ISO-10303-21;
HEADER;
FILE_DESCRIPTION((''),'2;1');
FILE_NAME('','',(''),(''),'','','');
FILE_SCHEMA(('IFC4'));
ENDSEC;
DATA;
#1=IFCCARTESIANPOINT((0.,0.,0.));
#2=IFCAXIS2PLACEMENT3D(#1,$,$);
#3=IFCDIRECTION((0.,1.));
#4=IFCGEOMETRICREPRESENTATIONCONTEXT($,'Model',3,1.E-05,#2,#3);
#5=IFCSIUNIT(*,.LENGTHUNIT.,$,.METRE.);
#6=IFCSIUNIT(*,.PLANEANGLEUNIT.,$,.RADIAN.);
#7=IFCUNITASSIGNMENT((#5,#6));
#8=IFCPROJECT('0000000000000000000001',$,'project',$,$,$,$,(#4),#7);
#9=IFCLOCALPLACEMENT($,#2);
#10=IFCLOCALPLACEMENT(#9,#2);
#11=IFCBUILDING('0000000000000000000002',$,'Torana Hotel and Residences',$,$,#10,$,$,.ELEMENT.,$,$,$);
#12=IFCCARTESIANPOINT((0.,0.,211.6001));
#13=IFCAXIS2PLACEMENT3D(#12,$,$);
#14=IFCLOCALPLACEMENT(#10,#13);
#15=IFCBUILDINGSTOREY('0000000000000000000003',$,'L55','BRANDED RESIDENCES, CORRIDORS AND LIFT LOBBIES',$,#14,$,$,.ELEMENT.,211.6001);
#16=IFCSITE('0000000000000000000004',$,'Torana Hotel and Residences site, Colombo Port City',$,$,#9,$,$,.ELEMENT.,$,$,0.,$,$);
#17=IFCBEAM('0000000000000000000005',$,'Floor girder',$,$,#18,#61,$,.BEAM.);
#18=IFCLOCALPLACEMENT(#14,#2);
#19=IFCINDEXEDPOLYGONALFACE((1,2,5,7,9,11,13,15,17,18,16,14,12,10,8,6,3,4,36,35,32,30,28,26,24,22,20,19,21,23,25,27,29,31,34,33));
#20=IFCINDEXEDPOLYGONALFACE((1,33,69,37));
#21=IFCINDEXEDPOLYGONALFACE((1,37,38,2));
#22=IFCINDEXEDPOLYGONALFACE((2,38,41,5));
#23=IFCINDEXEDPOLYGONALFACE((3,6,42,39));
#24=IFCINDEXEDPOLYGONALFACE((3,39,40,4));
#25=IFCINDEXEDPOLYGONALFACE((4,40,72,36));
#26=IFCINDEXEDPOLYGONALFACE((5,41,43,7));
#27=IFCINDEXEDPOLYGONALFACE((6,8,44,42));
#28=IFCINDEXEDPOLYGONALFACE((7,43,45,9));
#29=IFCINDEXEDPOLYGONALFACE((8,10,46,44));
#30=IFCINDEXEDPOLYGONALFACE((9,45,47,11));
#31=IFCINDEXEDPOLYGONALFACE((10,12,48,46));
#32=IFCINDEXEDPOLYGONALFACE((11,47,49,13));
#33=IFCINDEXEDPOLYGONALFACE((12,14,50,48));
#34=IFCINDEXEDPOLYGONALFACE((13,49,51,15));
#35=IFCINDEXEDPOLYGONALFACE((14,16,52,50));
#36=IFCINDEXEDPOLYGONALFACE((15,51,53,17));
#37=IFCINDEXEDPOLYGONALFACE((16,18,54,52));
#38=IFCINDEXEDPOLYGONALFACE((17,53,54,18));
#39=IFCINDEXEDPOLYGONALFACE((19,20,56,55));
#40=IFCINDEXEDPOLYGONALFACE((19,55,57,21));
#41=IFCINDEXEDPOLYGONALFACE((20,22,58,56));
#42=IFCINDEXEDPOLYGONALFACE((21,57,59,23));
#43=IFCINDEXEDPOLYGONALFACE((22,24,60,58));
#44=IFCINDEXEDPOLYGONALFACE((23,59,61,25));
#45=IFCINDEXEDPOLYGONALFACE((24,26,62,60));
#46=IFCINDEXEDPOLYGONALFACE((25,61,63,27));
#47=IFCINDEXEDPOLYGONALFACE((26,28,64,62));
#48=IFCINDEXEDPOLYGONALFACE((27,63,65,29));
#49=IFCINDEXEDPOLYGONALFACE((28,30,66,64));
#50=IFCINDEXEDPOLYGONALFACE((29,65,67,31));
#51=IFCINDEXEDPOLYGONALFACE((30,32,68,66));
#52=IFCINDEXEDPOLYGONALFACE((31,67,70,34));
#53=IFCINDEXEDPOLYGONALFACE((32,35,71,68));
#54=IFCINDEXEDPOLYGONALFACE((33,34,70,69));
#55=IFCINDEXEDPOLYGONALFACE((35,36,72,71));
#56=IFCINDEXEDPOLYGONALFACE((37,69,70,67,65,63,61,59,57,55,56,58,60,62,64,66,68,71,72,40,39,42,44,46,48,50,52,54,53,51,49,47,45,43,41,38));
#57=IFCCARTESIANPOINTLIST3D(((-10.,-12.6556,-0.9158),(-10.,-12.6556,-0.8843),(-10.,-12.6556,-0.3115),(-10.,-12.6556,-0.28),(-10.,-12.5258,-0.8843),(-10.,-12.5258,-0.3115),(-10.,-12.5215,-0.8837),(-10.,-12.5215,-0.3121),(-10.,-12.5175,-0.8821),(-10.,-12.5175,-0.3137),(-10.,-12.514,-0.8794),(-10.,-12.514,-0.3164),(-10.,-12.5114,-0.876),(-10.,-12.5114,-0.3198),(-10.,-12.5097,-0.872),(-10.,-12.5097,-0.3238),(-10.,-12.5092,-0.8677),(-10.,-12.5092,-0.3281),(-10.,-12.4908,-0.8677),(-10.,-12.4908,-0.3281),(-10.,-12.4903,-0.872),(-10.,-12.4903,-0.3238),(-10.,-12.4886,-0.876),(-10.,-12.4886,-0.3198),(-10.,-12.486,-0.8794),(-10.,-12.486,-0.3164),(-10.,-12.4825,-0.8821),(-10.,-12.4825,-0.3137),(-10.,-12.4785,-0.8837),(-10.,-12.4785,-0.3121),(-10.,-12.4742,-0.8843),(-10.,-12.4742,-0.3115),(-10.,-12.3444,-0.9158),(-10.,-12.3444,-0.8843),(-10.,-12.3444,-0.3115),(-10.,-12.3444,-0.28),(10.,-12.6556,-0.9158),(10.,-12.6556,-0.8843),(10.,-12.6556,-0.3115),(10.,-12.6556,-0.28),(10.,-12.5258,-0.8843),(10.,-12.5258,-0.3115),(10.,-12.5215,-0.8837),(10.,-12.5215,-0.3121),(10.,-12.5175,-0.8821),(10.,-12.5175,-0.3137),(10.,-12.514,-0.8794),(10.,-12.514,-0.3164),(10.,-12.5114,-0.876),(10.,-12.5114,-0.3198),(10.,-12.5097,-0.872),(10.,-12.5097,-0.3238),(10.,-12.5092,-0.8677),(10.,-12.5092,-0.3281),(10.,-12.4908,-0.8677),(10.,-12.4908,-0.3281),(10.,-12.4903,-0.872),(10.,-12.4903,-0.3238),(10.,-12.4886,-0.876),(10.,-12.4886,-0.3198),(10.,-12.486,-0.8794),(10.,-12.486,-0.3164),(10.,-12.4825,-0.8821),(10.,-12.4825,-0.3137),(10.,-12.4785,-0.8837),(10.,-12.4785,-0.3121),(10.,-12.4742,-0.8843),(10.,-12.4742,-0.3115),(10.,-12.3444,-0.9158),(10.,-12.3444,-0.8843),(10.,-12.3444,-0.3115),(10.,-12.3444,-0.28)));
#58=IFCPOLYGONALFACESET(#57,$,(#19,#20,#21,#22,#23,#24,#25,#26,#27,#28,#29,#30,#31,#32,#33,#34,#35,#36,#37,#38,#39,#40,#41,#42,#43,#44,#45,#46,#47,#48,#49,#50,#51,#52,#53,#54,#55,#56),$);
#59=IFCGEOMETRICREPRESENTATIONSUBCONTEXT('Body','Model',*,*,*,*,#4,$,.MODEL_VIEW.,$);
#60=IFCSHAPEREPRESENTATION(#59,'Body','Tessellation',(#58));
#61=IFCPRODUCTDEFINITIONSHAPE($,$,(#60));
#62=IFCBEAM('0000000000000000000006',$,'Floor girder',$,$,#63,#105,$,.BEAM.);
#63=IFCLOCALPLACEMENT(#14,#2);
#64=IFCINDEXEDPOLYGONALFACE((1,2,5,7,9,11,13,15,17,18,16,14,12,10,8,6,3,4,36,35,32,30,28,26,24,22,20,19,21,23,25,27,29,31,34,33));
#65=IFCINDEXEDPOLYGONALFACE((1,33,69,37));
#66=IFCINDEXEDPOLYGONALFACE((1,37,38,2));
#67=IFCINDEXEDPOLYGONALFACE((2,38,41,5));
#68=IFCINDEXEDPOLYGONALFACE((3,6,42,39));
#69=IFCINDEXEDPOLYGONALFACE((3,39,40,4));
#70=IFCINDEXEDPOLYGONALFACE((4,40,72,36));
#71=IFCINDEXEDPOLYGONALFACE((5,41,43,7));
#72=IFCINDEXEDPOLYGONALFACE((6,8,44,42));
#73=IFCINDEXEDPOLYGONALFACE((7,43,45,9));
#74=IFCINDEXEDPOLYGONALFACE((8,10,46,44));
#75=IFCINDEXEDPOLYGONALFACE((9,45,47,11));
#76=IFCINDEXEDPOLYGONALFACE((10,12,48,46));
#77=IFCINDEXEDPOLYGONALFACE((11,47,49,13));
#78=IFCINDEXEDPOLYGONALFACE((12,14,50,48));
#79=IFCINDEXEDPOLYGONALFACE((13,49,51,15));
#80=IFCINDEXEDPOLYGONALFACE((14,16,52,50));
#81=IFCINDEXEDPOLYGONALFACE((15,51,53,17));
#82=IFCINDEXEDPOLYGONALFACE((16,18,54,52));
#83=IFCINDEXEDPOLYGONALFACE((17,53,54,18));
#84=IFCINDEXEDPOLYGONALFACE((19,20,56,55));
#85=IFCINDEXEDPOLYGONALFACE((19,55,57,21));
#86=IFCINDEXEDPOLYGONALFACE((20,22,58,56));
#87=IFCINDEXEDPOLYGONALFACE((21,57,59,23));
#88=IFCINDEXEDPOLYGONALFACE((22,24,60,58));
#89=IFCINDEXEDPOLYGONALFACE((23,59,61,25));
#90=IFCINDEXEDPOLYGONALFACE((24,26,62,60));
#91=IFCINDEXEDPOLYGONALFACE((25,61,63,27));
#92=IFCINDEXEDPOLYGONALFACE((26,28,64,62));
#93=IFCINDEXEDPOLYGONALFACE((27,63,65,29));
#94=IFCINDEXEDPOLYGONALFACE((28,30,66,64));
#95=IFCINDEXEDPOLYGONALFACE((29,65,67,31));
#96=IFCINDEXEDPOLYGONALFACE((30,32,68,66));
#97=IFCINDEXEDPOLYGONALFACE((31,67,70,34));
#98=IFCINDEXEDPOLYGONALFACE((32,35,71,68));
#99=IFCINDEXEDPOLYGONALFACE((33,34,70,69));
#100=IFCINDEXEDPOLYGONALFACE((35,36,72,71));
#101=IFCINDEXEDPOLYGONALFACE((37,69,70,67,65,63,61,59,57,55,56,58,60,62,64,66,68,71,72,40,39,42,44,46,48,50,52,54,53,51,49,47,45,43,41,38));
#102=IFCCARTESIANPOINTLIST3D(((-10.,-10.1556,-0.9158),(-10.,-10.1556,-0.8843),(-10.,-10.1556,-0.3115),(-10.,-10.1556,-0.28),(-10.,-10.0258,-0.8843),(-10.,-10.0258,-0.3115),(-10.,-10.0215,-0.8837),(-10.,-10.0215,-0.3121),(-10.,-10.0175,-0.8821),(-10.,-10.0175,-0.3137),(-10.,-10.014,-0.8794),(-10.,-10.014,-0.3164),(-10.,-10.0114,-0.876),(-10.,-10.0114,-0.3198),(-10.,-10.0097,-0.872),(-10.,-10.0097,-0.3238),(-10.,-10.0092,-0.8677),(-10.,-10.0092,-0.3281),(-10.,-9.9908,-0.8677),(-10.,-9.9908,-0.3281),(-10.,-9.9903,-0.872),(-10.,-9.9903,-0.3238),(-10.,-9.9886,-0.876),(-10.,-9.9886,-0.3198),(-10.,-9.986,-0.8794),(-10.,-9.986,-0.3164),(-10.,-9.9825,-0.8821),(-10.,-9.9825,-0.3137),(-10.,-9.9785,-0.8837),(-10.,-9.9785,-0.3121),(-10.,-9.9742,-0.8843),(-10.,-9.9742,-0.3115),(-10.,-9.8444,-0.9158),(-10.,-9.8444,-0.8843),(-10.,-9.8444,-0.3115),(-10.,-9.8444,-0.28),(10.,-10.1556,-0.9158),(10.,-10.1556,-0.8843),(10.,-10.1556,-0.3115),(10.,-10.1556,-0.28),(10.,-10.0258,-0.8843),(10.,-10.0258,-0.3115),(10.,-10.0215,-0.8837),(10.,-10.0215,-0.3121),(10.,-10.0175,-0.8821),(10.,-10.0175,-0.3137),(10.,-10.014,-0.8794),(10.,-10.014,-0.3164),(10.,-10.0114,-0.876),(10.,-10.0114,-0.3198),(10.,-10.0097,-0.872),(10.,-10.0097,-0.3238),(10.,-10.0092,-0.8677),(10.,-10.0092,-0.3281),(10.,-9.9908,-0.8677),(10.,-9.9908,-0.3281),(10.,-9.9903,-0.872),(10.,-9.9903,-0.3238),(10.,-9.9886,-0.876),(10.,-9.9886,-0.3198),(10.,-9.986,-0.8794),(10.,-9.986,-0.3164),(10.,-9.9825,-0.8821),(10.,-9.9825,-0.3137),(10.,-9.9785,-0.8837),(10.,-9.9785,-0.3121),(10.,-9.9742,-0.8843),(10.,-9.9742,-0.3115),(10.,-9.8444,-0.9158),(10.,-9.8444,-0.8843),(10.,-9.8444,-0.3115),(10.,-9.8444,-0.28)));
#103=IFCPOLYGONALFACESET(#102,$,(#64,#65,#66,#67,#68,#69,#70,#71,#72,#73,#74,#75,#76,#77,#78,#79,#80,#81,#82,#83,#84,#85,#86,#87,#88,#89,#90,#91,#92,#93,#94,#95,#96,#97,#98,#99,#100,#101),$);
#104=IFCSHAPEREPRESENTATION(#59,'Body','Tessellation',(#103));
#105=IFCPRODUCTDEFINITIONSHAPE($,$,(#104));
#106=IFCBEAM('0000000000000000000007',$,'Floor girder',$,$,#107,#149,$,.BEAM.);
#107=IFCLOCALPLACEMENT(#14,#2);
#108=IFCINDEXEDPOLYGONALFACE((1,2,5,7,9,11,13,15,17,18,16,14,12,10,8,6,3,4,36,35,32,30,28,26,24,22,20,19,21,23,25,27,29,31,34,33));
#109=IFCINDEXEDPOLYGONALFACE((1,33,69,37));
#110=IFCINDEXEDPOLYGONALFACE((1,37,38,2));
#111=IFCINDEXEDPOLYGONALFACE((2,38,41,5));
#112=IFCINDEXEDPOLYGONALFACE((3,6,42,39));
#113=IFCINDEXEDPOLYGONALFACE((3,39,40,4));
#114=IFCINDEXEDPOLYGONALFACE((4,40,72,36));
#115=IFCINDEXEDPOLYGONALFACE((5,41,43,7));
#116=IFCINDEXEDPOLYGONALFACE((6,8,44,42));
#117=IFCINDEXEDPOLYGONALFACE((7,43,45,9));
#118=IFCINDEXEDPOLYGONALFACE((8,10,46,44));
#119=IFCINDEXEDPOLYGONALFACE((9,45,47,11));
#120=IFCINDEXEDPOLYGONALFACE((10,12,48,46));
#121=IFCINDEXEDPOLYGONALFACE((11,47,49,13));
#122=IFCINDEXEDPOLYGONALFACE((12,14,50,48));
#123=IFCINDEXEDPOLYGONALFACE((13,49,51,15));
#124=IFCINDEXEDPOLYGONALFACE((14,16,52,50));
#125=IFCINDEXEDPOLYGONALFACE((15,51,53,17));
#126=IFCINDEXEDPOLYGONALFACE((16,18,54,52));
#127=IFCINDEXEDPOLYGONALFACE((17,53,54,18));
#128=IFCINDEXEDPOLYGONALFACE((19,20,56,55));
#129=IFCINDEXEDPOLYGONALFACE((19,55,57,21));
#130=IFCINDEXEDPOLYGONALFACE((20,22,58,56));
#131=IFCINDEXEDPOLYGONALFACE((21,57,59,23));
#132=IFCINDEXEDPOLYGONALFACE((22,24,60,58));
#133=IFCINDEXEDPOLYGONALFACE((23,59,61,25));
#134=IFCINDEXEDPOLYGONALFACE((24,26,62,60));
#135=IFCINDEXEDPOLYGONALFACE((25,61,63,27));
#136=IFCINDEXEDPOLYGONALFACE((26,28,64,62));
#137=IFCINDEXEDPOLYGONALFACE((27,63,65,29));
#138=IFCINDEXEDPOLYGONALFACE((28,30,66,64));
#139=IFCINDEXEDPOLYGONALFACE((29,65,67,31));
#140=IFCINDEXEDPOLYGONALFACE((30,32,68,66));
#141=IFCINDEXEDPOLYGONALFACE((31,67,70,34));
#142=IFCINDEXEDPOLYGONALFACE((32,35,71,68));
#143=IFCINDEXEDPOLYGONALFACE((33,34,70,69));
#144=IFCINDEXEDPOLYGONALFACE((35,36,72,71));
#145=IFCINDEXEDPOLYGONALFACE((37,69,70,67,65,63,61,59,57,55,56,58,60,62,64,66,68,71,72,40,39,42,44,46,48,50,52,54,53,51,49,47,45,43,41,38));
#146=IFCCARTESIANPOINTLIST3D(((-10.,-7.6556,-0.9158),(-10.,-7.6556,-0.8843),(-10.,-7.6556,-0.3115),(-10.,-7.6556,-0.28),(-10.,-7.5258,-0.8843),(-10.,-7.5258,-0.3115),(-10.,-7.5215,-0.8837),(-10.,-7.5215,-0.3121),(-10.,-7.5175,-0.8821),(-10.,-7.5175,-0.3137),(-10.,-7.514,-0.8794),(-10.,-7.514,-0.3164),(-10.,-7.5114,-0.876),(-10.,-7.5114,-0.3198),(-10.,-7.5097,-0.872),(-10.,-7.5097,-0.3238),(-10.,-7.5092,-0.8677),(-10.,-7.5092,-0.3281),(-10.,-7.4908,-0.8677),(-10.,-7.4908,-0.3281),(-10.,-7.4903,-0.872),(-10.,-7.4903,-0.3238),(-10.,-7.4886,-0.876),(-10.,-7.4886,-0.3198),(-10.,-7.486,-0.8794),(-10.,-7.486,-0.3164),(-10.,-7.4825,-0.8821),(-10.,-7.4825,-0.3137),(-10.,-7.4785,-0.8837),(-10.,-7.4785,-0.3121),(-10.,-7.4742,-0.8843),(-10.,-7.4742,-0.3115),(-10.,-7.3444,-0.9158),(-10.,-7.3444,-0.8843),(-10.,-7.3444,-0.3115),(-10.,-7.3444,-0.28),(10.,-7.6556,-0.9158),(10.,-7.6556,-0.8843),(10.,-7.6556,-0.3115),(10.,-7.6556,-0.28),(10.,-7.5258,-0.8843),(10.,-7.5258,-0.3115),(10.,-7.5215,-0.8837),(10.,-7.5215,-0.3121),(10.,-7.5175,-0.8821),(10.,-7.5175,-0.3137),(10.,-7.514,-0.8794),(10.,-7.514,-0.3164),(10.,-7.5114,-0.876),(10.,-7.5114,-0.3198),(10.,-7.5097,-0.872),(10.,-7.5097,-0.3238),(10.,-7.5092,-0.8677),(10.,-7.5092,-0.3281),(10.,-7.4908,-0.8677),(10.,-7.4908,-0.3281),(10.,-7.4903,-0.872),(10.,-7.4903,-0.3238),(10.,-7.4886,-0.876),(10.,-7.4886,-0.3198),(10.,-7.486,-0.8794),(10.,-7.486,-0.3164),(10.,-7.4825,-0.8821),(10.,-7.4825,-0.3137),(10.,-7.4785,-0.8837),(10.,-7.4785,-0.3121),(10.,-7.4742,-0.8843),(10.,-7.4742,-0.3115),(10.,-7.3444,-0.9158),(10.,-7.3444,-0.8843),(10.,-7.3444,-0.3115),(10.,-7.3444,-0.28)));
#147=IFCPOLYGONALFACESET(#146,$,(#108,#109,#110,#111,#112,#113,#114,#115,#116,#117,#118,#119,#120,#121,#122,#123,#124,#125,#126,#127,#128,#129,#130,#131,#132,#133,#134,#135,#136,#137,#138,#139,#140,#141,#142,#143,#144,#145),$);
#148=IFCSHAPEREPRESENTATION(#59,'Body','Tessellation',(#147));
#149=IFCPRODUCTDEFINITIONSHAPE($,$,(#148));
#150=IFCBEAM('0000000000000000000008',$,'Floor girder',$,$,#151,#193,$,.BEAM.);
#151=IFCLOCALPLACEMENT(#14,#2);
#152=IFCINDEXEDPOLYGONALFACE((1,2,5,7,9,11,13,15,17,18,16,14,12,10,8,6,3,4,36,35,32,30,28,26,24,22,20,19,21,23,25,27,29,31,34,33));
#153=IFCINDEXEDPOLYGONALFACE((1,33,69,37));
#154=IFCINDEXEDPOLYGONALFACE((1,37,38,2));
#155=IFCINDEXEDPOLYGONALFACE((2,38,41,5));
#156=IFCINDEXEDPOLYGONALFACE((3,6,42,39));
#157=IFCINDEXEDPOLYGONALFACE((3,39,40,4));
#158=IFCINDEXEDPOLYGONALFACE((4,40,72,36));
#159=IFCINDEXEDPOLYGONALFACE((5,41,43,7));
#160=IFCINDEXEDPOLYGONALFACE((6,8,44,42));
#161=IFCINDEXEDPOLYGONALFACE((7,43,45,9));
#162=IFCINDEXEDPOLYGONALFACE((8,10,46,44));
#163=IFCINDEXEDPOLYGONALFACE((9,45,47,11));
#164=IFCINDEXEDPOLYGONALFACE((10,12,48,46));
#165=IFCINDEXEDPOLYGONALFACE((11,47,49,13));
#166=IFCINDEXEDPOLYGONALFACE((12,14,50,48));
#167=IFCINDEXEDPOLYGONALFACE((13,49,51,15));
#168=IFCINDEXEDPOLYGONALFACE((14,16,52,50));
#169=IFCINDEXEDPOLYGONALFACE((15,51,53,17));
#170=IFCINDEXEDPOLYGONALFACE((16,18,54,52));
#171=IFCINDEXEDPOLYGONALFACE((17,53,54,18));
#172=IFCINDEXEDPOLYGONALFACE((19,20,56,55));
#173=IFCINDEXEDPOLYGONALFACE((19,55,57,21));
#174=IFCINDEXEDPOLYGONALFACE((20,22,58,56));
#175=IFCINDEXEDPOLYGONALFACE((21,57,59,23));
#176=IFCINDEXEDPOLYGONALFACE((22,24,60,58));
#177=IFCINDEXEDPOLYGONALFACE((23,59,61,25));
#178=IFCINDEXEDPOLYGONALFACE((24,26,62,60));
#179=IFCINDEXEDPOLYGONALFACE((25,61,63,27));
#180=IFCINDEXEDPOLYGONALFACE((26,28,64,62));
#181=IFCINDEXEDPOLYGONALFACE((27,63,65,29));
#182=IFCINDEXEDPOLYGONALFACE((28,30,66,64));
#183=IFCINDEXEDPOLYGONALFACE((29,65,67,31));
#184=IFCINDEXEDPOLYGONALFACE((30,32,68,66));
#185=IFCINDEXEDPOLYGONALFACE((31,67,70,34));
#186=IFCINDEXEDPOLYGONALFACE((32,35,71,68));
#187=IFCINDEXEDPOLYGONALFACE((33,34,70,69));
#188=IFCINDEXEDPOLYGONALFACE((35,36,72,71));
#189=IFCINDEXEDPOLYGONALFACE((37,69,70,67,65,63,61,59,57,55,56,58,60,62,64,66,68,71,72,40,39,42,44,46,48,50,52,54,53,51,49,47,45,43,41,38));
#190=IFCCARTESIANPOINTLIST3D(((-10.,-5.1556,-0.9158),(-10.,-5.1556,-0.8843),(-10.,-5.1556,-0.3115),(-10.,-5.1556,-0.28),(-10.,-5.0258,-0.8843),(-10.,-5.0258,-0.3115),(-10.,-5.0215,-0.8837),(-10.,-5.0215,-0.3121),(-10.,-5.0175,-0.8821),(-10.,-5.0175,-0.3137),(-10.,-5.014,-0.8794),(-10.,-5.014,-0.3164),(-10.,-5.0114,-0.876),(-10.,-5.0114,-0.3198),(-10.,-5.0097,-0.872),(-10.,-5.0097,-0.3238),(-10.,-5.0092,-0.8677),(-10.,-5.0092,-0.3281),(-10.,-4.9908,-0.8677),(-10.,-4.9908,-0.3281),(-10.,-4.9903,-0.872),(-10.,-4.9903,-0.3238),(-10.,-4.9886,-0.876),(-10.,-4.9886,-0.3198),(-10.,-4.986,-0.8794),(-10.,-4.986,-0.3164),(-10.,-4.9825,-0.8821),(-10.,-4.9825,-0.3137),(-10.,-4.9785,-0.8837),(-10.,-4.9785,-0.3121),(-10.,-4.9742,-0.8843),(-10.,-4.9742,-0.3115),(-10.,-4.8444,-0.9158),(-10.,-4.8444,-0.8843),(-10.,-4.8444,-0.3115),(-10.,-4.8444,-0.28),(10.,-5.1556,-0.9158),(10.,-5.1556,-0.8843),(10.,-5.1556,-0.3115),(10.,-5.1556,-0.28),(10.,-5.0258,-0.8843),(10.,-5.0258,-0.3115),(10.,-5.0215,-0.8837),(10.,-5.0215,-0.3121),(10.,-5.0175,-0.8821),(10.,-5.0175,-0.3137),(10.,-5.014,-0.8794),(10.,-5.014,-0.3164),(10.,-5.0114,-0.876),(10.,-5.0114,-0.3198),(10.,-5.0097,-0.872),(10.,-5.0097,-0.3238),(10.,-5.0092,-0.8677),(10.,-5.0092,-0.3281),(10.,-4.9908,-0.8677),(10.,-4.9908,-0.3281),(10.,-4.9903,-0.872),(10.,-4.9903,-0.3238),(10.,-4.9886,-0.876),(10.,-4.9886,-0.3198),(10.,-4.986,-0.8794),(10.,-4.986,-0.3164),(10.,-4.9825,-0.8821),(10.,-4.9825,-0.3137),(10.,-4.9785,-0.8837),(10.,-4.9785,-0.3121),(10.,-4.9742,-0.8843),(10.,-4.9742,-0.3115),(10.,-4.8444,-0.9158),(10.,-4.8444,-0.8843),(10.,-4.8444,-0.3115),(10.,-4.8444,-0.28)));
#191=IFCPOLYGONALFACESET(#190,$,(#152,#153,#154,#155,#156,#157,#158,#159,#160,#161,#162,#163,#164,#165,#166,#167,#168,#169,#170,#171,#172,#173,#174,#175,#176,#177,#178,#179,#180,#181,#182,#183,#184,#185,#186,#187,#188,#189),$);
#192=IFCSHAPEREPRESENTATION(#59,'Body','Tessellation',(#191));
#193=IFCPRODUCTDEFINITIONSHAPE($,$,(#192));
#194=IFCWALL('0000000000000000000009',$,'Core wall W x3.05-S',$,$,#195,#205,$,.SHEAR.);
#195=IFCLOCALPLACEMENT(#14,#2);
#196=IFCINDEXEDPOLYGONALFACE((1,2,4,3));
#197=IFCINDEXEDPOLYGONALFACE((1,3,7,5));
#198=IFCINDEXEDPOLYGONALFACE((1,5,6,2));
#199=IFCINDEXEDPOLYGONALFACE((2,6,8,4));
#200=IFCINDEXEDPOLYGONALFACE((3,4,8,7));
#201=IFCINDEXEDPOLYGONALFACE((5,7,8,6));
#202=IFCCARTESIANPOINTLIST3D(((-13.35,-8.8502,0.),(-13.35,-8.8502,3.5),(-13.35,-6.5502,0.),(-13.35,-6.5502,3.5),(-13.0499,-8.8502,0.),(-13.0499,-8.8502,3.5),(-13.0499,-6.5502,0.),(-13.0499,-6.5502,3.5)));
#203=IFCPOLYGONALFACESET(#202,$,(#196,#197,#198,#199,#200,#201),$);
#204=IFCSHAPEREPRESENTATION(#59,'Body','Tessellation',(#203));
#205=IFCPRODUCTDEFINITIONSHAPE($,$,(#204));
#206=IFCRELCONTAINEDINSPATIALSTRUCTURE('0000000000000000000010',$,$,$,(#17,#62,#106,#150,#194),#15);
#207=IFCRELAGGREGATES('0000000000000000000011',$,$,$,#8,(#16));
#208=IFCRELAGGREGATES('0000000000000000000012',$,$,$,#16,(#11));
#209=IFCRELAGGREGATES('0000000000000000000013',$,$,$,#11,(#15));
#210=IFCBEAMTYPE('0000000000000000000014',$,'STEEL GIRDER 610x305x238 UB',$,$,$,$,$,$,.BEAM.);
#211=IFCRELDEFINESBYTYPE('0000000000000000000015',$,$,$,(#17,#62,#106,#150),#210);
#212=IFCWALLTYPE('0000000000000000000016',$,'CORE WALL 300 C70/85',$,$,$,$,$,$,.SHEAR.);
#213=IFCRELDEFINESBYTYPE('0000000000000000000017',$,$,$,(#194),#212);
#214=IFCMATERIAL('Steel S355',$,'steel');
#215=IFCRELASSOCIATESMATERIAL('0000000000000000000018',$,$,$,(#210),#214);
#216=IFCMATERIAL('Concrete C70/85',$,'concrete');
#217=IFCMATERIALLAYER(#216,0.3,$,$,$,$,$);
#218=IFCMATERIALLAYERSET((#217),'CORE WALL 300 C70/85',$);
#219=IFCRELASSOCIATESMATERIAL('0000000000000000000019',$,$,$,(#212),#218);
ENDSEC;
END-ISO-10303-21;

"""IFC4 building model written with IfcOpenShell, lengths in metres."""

from ifc_helpers import new_model, si_unit, direction, frame, frame_2d, origin, origin_2d, place, context, subcontext, project, spatial, rectangle, i_section, extrude, material, layer, layer_set, material_profile, profile_set, type_object, element, save


model = new_model("IFC4")

# Units and contexts
model_context = context("Model", 3, precision=1e-05, world=origin(), true_north=direction((0.0, 1.0)))
body_context = subcontext(model_context, "Body", "Model", "MODEL_VIEW")
ifc_project = project(units=[si_unit("LENGTHUNIT", "METRE"), si_unit("PLANEANGLEUNIT", "RADIAN")], contexts=[model_context])

# Site, building, storey
site_placement = place(None, origin())
site = spatial("IfcSite", under=ifc_project, at=site_placement, Name="Torana Hotel and Residences site, Colombo Port City", CompositionType="ELEMENT", RefElevation=0.0)
building_placement = place(site_placement, origin())
building = spatial("IfcBuilding", under=site, at=building_placement, Name="Torana Hotel and Residences", CompositionType="ELEMENT")
storey_placement = place(building_placement, frame((0.0, 0.0, 211.6001)))
storey = spatial("IfcBuildingStorey", under=building, at=storey_placement, Name="L55", Description="BRANDED RESIDENCES, CORRIDORS AND LIFT LOBBIES", CompositionType="ELEMENT", Elevation=211.6001)

# Beams
ifc_material_1 = material(Name="Steel S355", Category="steel")
ifc_material_profile = material_profile(ifc_material_1, i_section(OverallWidth=0.3113, OverallDepth=0.6357, WebThickness=0.0183, FlangeThickness=0.0315, FilletRadius=0.0166, at=origin_2d()), Name="610x305x238 UB")
ifc_profile_set = profile_set([ifc_material_profile], Name="Steel S355")
beam_type = type_object("IfcBeamType", Name="STEEL GIRDER 610x305x238 UB", PredefinedType="BEAM", material=ifc_profile_set)
for number, where, z_axis, x_axis, name in (
    (1, (-10.0, -12.5, -0.5979), (1.0, 0.0, 0.0), (0.0, 1.0, 0.0), "Floor girder"),
    (2, (-10.0, -10.0, -0.5979), (1.0, 0.0, 0.0), (0.0, 1.0, 0.0), "Floor girder"),
    (3, (-10.0, -7.5, -0.5979), (1.0, 0.0, 0.0), (0.0, 1.0, 0.0), "Floor girder"),
    (4, (-10.0, -5.0, -0.5979), (1.0, 0.0, 0.0), (0.0, 1.0, 0.0), "Floor girder"),
):
    element("IfcBeam", number, at=place(storey_placement, frame(where, z_axis=z_axis, x_axis=x_axis)), inside=storey, type_object=beam_type, Name=name, PredefinedType="BEAM", context=body_context, shape_type="SweptSolid", body=[
        extrude(i_section(OverallWidth=0.3113, OverallDepth=0.6357, WebThickness=0.0183, FlangeThickness=0.0315, FilletRadius=0.0166, at=origin_2d()), origin(), (0.0, 0.0, 1.0), 20.0),
    ])

# Wall
ifc_material_2 = material(Name="Concrete C70/85", Category="concrete")
ifc_layer_1 = layer(ifc_material_2, 0.3)
ifc_layer_set_1 = layer_set([ifc_layer_1], Name="CORE WALL 300 C70/85")
wall_type_1 = type_object("IfcWallType", Name="CORE WALL 300 C70/85", PredefinedType="SHEAR", material=ifc_layer_set_1)
wall_1_placement = place(storey_placement, frame((-13.2, -8.8501, 0.0), z_axis=(0.0, 0.0, 1.0), x_axis=(0.0, 1.0, 0.0)))
element("IfcWall", 5, at=wall_1_placement, inside=storey, type_object=wall_type_1, Name="Core wall W x3.05-S", PredefinedType="SHEAR", context=body_context, shape_type="SweptSolid", body=[
    extrude(rectangle(XDim=2.3, YDim=0.3, at=frame_2d((1.1499, 0.0))), origin(), (0.0, 0.0, 1.0), 3.5),
])

save(model, "model.ifc")
